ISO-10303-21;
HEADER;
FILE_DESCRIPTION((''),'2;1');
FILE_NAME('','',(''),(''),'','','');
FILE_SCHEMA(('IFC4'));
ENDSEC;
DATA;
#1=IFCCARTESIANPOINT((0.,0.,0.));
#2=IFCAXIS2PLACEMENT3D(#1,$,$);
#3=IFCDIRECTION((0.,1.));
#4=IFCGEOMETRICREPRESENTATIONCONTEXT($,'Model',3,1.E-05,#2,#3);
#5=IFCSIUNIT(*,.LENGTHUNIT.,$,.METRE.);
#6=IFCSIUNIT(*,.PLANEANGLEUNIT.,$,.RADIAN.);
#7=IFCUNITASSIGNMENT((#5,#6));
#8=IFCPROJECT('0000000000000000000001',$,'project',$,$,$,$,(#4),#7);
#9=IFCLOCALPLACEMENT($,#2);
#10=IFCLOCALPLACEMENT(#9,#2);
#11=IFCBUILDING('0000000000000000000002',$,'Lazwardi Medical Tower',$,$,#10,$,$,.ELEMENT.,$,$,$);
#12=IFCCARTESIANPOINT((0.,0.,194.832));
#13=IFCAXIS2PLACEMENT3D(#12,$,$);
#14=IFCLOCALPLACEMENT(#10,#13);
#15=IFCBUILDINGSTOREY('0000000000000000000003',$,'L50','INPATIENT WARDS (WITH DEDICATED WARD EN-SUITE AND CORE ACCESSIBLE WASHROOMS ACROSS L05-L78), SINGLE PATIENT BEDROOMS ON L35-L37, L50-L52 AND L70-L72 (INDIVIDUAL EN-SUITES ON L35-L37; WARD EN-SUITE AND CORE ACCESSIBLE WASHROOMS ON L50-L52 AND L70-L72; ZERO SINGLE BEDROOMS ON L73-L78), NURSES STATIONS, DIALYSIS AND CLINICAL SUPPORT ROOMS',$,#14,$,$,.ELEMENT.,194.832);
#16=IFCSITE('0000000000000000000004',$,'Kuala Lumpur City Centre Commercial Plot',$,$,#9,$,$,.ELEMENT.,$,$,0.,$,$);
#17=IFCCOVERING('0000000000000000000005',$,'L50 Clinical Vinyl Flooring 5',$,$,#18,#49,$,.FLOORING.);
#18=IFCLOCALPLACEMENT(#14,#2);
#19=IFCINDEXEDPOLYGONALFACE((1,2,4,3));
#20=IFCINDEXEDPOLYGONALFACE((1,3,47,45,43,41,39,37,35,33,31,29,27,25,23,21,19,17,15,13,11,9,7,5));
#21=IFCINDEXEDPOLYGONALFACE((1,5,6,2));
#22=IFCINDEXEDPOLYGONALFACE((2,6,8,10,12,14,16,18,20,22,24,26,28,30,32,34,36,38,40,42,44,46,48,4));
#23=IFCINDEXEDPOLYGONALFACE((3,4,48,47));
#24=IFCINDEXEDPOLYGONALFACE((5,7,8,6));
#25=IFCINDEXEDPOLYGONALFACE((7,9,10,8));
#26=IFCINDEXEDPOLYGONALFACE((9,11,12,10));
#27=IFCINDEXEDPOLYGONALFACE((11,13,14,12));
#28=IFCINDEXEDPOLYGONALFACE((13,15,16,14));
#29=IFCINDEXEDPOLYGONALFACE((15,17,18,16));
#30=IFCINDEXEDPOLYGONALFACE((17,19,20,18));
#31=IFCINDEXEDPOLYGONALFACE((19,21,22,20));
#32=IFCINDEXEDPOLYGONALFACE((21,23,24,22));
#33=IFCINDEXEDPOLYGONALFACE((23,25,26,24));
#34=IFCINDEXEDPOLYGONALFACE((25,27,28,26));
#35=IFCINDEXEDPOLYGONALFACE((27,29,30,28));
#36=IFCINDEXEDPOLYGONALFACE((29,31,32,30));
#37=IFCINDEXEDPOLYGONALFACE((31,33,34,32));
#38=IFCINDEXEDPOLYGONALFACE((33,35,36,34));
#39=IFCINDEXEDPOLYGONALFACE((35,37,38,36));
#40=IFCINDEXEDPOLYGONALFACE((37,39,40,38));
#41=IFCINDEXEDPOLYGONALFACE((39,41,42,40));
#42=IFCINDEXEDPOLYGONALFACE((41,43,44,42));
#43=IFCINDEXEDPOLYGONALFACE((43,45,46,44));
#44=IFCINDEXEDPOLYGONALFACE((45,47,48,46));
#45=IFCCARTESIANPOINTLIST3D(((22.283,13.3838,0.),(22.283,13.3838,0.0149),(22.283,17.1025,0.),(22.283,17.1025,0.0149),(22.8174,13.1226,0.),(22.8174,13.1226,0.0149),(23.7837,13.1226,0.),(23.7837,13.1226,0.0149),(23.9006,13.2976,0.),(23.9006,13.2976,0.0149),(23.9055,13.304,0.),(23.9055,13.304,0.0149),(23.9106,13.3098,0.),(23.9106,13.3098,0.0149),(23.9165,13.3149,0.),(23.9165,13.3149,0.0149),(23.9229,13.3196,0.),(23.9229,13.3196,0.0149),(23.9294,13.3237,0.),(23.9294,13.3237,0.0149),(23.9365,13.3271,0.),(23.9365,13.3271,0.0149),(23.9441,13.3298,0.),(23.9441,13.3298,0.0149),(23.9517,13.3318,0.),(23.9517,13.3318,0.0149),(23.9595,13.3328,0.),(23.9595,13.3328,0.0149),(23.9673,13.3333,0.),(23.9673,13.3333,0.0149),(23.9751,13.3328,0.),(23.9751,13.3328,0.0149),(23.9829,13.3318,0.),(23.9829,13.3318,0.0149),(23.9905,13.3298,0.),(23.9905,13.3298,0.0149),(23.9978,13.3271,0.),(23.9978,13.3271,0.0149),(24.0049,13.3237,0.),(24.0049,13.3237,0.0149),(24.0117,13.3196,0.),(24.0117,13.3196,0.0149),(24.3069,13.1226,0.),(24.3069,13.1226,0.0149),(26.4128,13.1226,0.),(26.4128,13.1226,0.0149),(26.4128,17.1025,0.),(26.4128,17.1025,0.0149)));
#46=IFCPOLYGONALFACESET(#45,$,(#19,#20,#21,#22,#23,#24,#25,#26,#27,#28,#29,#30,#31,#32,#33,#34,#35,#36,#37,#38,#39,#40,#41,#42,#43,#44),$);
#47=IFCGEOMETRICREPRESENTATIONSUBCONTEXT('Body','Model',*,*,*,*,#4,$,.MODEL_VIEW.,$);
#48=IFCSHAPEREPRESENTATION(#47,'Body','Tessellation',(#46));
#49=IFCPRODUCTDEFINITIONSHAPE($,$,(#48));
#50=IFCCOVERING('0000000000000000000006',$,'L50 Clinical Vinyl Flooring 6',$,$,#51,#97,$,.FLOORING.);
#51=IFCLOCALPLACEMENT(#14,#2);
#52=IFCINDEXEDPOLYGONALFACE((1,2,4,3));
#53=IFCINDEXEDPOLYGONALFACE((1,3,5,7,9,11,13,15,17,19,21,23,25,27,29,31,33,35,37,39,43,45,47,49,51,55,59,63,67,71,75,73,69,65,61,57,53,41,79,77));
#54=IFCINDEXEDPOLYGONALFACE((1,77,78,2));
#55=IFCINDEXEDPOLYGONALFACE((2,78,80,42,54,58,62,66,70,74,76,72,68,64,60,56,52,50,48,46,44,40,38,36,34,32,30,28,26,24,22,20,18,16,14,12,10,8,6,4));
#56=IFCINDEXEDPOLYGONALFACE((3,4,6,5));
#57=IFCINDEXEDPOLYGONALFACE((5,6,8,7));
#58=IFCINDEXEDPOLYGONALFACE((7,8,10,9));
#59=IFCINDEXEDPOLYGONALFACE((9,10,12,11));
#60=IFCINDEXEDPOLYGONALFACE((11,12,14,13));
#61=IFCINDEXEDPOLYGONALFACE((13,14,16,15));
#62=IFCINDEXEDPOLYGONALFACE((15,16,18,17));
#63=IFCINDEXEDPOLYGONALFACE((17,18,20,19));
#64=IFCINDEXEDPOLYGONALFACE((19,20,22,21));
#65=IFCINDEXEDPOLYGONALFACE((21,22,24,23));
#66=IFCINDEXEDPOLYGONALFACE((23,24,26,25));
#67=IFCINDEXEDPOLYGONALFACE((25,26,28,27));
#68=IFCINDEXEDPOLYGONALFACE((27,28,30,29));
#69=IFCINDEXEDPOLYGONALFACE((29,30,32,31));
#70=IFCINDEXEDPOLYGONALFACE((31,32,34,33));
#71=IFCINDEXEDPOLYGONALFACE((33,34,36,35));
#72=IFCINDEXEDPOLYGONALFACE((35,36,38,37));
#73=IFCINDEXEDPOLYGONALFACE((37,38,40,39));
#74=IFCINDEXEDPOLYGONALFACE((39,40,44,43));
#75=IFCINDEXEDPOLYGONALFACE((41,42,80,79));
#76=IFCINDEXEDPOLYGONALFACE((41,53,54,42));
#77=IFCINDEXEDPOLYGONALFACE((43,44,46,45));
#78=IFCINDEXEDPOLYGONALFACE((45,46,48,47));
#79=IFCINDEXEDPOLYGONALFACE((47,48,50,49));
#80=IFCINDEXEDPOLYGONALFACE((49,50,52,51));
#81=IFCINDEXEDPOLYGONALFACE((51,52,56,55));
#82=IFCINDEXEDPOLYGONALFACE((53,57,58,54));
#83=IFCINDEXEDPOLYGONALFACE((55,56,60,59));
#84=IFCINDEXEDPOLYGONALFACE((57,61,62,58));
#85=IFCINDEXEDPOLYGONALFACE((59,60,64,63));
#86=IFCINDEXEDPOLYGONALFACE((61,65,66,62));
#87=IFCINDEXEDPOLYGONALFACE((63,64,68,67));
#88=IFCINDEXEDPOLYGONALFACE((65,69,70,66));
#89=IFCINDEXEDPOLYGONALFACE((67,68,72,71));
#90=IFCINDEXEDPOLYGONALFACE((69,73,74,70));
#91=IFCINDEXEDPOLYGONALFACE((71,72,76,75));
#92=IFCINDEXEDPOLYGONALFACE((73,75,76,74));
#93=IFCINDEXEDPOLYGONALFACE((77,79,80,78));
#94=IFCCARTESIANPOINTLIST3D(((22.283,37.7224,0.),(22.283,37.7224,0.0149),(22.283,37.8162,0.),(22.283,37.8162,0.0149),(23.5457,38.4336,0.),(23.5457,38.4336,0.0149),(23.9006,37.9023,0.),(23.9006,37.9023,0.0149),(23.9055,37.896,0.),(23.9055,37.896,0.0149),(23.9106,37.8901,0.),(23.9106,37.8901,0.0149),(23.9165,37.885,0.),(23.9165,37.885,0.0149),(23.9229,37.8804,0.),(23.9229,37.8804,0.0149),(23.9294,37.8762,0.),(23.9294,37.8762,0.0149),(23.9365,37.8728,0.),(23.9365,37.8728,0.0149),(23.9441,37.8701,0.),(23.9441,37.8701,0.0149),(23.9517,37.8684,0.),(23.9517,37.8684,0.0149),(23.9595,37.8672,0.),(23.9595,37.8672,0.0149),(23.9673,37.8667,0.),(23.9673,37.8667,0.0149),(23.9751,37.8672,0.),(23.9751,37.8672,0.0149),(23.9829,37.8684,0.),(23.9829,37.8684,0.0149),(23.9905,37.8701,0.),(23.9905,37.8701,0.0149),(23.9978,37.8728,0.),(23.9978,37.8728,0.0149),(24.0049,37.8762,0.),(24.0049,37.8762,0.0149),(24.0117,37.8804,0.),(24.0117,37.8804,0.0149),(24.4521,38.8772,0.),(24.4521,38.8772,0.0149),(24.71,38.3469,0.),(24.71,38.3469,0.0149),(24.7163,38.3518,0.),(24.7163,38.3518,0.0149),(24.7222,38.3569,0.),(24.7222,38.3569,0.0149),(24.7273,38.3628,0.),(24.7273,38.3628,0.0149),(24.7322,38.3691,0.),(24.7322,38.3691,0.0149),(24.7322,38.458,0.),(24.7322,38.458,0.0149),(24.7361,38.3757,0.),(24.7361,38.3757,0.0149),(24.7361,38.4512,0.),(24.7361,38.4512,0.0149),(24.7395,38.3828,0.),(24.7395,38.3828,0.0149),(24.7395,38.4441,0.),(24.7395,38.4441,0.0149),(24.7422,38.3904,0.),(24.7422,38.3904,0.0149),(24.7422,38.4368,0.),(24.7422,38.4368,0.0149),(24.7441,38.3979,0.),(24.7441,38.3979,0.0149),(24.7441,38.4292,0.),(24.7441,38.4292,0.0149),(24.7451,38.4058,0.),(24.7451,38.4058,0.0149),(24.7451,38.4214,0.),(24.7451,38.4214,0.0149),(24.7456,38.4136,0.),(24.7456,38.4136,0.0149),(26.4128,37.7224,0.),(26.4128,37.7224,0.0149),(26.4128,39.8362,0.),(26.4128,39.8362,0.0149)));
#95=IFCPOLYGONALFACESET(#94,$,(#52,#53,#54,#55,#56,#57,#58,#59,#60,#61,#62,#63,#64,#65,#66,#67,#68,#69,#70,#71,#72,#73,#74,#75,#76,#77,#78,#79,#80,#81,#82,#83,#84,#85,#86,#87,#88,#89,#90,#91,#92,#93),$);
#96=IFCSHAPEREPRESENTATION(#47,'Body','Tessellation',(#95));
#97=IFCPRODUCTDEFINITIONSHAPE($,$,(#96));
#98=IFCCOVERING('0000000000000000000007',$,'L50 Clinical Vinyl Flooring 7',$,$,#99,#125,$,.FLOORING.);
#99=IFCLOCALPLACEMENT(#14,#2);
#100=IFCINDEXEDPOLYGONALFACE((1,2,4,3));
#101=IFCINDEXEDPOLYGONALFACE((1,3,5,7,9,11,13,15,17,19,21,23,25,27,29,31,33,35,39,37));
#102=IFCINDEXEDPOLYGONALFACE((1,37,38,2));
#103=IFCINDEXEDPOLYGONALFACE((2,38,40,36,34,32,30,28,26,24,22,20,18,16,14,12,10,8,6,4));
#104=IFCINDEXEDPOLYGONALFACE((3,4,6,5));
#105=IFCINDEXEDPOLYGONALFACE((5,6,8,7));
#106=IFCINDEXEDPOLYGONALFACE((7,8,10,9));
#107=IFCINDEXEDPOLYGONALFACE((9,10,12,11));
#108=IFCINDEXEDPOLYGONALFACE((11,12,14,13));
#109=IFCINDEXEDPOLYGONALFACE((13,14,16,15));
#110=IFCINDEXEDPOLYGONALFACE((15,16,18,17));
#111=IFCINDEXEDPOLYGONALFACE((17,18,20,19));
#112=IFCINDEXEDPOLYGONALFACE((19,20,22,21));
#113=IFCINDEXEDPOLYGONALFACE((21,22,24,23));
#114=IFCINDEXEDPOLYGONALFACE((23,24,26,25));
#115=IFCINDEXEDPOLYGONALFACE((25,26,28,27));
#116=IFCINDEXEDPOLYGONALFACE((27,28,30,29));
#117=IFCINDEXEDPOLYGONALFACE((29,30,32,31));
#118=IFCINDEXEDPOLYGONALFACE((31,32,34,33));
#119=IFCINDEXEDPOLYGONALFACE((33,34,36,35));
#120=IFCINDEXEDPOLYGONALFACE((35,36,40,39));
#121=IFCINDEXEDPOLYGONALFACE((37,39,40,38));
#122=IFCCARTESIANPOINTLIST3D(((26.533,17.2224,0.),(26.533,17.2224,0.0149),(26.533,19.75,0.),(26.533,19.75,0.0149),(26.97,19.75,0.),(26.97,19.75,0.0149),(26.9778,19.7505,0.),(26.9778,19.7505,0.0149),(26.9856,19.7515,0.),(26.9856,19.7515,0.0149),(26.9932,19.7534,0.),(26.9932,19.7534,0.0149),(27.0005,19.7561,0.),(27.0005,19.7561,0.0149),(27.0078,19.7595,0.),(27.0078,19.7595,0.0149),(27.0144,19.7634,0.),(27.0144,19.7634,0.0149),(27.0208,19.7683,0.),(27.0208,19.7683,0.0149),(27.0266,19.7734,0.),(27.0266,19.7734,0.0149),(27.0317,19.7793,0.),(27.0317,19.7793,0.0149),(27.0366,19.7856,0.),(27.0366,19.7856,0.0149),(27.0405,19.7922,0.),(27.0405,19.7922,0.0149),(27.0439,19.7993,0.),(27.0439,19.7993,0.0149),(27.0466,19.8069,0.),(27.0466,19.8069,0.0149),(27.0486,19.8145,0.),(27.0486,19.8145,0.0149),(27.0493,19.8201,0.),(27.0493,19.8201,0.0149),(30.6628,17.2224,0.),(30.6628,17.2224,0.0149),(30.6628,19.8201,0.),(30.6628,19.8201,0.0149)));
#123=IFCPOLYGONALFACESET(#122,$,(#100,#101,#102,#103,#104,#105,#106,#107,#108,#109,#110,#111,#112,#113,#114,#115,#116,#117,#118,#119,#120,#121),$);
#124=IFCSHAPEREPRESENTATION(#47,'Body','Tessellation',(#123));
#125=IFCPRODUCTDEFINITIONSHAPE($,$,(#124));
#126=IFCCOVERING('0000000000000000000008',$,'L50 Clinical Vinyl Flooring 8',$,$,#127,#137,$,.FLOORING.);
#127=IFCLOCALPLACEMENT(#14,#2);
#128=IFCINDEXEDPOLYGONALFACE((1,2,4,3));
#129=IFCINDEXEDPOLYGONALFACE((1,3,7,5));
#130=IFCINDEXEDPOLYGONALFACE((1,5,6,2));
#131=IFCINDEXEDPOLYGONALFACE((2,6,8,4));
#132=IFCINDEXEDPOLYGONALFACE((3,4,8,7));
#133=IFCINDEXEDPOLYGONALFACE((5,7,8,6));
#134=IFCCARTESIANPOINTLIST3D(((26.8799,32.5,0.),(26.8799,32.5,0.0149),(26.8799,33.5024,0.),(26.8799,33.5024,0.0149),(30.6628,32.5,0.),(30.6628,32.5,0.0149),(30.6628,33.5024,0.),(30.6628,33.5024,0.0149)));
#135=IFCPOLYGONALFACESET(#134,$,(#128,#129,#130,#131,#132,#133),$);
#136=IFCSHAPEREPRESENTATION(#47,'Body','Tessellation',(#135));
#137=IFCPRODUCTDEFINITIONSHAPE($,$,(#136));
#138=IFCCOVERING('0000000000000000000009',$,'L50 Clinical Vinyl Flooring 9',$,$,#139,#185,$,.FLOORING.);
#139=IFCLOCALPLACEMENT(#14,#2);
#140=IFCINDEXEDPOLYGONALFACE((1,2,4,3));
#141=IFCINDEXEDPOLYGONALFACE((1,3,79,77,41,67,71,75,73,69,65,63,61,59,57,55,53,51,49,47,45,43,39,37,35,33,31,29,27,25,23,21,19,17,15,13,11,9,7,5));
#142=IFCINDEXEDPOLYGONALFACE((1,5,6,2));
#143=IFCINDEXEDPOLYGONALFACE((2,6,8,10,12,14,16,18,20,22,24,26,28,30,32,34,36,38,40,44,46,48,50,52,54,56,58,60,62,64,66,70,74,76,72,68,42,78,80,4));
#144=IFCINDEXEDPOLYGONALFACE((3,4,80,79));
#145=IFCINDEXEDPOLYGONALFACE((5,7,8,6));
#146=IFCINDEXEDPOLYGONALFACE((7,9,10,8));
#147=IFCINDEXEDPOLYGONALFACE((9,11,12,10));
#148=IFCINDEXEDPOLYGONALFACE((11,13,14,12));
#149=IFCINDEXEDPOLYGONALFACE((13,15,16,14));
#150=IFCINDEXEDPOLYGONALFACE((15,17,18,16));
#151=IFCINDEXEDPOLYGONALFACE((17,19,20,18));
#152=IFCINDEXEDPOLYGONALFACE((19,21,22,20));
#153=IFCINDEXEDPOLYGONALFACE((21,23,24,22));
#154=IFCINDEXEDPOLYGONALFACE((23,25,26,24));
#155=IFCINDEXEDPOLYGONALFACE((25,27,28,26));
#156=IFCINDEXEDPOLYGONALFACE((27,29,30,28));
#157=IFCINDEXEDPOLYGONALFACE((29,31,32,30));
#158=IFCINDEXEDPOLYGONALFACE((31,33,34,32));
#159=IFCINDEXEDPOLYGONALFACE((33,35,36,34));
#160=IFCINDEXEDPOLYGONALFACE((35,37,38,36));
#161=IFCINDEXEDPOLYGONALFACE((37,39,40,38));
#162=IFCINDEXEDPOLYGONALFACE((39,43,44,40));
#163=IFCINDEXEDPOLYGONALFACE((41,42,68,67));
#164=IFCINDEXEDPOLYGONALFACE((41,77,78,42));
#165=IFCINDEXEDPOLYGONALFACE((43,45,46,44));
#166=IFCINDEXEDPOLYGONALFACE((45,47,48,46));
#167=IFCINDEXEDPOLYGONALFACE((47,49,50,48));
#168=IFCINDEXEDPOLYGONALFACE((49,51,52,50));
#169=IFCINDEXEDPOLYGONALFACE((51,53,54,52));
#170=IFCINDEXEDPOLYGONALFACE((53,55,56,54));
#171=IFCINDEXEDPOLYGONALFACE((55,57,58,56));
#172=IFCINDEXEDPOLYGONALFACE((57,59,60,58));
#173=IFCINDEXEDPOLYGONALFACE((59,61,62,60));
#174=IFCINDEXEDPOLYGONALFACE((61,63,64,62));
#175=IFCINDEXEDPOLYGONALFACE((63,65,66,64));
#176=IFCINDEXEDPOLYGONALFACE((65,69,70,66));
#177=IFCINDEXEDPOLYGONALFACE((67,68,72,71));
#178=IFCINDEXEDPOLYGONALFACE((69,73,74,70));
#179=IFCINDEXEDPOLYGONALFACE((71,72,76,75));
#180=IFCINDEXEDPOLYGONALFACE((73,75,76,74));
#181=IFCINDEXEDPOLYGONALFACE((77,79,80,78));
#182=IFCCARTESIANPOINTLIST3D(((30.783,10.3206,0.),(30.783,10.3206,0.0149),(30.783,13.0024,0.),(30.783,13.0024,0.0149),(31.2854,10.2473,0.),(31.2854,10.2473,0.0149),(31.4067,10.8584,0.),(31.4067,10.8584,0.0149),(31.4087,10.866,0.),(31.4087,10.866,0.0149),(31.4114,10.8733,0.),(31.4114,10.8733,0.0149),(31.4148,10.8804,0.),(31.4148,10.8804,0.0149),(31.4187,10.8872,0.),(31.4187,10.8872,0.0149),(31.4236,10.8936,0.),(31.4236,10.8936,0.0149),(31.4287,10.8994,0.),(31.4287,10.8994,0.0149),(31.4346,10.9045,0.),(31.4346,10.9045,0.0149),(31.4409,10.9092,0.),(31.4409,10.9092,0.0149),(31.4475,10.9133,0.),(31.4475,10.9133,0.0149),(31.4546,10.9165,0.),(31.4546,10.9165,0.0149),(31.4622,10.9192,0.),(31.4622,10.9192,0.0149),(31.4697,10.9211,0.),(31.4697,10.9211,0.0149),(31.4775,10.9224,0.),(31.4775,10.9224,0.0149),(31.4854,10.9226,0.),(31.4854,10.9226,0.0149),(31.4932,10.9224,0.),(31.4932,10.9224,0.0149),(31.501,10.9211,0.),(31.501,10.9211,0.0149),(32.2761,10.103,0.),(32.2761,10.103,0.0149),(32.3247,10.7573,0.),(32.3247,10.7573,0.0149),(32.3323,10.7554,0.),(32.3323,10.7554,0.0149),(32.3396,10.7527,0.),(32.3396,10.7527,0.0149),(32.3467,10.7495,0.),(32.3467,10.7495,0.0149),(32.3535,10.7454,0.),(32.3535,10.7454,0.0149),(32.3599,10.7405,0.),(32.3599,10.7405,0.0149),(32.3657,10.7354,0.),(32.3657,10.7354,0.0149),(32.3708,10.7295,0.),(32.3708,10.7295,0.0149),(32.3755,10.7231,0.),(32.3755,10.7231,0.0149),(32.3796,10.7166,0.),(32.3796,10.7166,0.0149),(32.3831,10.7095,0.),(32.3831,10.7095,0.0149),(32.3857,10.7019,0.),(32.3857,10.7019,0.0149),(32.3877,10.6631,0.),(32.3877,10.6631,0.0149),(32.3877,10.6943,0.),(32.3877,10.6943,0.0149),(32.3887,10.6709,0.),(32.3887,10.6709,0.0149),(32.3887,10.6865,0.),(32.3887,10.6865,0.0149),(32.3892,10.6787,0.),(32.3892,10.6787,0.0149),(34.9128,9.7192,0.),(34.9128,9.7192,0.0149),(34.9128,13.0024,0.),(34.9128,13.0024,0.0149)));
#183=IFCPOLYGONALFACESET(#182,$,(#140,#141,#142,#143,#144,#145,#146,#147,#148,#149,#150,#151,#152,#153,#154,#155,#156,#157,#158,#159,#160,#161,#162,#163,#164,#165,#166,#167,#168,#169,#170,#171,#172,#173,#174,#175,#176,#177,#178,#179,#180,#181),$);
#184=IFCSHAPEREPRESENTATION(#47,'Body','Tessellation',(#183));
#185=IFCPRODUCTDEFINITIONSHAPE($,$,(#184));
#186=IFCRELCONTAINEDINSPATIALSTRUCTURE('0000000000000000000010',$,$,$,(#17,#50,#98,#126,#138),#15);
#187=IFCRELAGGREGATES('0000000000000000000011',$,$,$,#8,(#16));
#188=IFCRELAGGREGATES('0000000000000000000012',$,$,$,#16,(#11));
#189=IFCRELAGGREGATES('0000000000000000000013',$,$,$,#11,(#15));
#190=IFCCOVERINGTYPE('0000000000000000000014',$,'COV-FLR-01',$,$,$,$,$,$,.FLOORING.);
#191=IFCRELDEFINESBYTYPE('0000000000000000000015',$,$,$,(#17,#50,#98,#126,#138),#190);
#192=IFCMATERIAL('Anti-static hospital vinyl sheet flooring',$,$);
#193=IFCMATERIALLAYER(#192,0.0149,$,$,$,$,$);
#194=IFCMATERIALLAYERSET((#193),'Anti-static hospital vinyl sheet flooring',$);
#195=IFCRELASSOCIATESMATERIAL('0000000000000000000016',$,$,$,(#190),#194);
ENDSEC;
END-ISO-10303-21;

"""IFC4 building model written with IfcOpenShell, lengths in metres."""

from ifc_helpers import new_model, si_unit, direction, frame, origin, place, context, subcontext, project, spatial, polyline, outline, extrude, material, layer, layer_set, type_object, element, save


model = new_model("IFC4")

# Units and contexts
model_context = context("Model", 3, precision=1e-05, world=origin(), true_north=direction((0.0, 1.0)))
body_context = subcontext(model_context, "Body", "Model", "MODEL_VIEW")
ifc_project = project(units=[si_unit("LENGTHUNIT", "METRE"), si_unit("PLANEANGLEUNIT", "RADIAN")], contexts=[model_context])

# Site, building, storey
site_placement = place(None, origin())
site = spatial("IfcSite", under=ifc_project, at=site_placement, Name="Kuala Lumpur City Centre Commercial Plot", CompositionType="ELEMENT", RefElevation=0.0)
building_placement = place(site_placement, origin())
building = spatial("IfcBuilding", under=site, at=building_placement, Name="Lazwardi Medical Tower", CompositionType="ELEMENT")
storey_placement = place(building_placement, frame((0.0, 0.0, 194.832)))
storey = spatial("IfcBuildingStorey", under=building, at=storey_placement, Name="L50", Description="INPATIENT WARDS (WITH DEDICATED WARD EN-SUITE AND CORE ACCESSIBLE WASHROOMS ACROSS L05-L78), SINGLE PATIENT BEDROOMS ON L35-L37, L50-L52 AND L70-L72 (INDIVIDUAL EN-SUITES ON L35-L37; WARD EN-SUITE AND CORE ACCESSIBLE WASHROOMS ON L50-L52 AND L70-L72; ZERO SINGLE BEDROOMS ON L73-L78), NURSES STATIONS, DIALYSIS AND CLINICAL SUPPORT ROOMS", CompositionType="ELEMENT", Elevation=194.832)

# Coverings
ifc_material_1 = material(Name="Anti-static hospital vinyl sheet flooring")
ifc_layer_1 = layer(ifc_material_1, 0.0149)
ifc_layer_set_1 = layer_set([ifc_layer_1], Name="Anti-static hospital vinyl sheet flooring")
covering_type_1 = type_object("IfcCoveringType", Name="COV-FLR-01", PredefinedType="FLOORING", material=ifc_layer_set_1)
covering_1_placement = place(storey_placement, origin())
element("IfcCovering", 1, at=covering_1_placement, inside=storey, type_object=covering_type_1, Name="L50 Clinical Vinyl Flooring 5", PredefinedType="FLOORING", context=body_context, shape_type="SweptSolid", body=[
    extrude(outline(polyline([(22.283, 13.3838), (22.8174, 13.1226), (23.7837, 13.1226), (23.9006, 13.2976), (23.9055, 13.304), (23.9106, 13.3098), (23.9165, 13.3149), (23.9229, 13.3196), (23.9294, 13.3237), (23.9365, 13.3271), (23.9441, 13.3298), (23.9517, 13.3318), (23.9595, 13.3328), (23.9673, 13.3333), (23.9751, 13.3328), (23.9829, 13.3318), (23.9905, 13.3298), (23.9978, 13.3271), (24.0049, 13.3237), (24.0117, 13.3196), (24.3069, 13.1226), (26.4128, 13.1226), (26.4128, 17.1025), (22.283, 17.1025), (22.283, 13.3838)])), origin(), (0.0, 0.0, 1.0), 0.0149),
])
covering_2_placement = place(storey_placement, origin())
element("IfcCovering", 2, at=covering_2_placement, inside=storey, type_object=covering_type_1, Name="L50 Clinical Vinyl Flooring 6", PredefinedType="FLOORING", context=body_context, shape_type="SweptSolid", body=[
    extrude(outline(polyline([(26.4128, 39.8362), (24.4521, 38.8772), (24.7322, 38.458), (24.7361, 38.4512), (24.7395, 38.4441), (24.7422, 38.4368), (24.7441, 38.4292), (24.7451, 38.4214), (24.7456, 38.4136), (24.7451, 38.4058), (24.7441, 38.3979), (24.7422, 38.3904), (24.7395, 38.3828), (24.7361, 38.3757), (24.7322, 38.3691), (24.7273, 38.3628), (24.7222, 38.3569), (24.7163, 38.3518), (24.71, 38.3469), (24.0117, 37.8804), (24.0049, 37.8762), (23.9978, 37.8728), (23.9905, 37.8701), (23.9829, 37.8684), (23.9751, 37.8672), (23.9673, 37.8667), (23.9595, 37.8672), (23.9517, 37.8684), (23.9441, 37.8701), (23.9365, 37.8728), (23.9294, 37.8762), (23.9229, 37.8804), (23.9165, 37.885), (23.9106, 37.8901), (23.9055, 37.896), (23.9006, 37.9023), (23.5457, 38.4336), (22.283, 37.8162), (22.283, 37.7224), (26.4128, 37.7224), (26.4128, 39.8362)])), origin(), (0.0, 0.0, 1.0), 0.0149),
])
covering_3_placement = place(storey_placement, origin())
element("IfcCovering", 3, at=covering_3_placement, inside=storey, type_object=covering_type_1, Name="L50 Clinical Vinyl Flooring 7", PredefinedType="FLOORING", context=body_context, shape_type="SweptSolid", body=[
    extrude(outline(polyline([(30.6628, 19.8201), (27.0493, 19.8201), (27.0486, 19.8145), (27.0466, 19.8069), (27.0439, 19.7993), (27.0405, 19.7922), (27.0366, 19.7856), (27.0317, 19.7793), (27.0266, 19.7734), (27.0208, 19.7683), (27.0144, 19.7634), (27.0078, 19.7595), (27.0005, 19.7561), (26.9932, 19.7534), (26.9856, 19.7515), (26.9778, 19.7505), (26.97, 19.75), (26.533, 19.75), (26.533, 17.2224), (30.6628, 17.2224), (30.6628, 19.8201)])), origin(), (0.0, 0.0, 1.0), 0.0149),
])
covering_4_placement = place(storey_placement, origin())
element("IfcCovering", 4, at=covering_4_placement, inside=storey, type_object=covering_type_1, Name="L50 Clinical Vinyl Flooring 8", PredefinedType="FLOORING", context=body_context, shape_type="SweptSolid", body=[
    extrude(outline(polyline([(26.8799, 33.5024), (26.8799, 32.5), (30.6628, 32.5), (30.6628, 33.5024), (26.8799, 33.5024)])), origin(), (0.0, 0.0, 1.0), 0.0149),
])
covering_5_placement = place(storey_placement, origin())
element("IfcCovering", 5, at=covering_5_placement, inside=storey, type_object=covering_type_1, Name="L50 Clinical Vinyl Flooring 9", PredefinedType="FLOORING", context=body_context, shape_type="SweptSolid", body=[
    extrude(outline(polyline([(30.783, 10.3206), (31.2854, 10.2473), (31.4067, 10.8584), (31.4087, 10.866), (31.4114, 10.8733), (31.4148, 10.8804), (31.4187, 10.8872), (31.4236, 10.8936), (31.4287, 10.8994), (31.4346, 10.9045), (31.4409, 10.9092), (31.4475, 10.9133), (31.4546, 10.9165), (31.4622, 10.9192), (31.4697, 10.9211), (31.4775, 10.9224), (31.4854, 10.9226), (31.4932, 10.9224), (31.501, 10.9211), (32.3247, 10.7573), (32.3323, 10.7554), (32.3396, 10.7527), (32.3467, 10.7495), (32.3535, 10.7454), (32.3599, 10.7405), (32.3657, 10.7354), (32.3708, 10.7295), (32.3755, 10.7231), (32.3796, 10.7166), (32.3831, 10.7095), (32.3857, 10.7019), (32.3877, 10.6943), (32.3887, 10.6865), (32.3892, 10.6787), (32.3887, 10.6709), (32.3877, 10.6631), (32.2761, 10.103), (34.9128, 9.7192), (34.9128, 13.0024), (30.783, 13.0024), (30.783, 10.3206)])), origin(), (0.0, 0.0, 1.0), 0.0149),
])

save(model, "model.ifc")
